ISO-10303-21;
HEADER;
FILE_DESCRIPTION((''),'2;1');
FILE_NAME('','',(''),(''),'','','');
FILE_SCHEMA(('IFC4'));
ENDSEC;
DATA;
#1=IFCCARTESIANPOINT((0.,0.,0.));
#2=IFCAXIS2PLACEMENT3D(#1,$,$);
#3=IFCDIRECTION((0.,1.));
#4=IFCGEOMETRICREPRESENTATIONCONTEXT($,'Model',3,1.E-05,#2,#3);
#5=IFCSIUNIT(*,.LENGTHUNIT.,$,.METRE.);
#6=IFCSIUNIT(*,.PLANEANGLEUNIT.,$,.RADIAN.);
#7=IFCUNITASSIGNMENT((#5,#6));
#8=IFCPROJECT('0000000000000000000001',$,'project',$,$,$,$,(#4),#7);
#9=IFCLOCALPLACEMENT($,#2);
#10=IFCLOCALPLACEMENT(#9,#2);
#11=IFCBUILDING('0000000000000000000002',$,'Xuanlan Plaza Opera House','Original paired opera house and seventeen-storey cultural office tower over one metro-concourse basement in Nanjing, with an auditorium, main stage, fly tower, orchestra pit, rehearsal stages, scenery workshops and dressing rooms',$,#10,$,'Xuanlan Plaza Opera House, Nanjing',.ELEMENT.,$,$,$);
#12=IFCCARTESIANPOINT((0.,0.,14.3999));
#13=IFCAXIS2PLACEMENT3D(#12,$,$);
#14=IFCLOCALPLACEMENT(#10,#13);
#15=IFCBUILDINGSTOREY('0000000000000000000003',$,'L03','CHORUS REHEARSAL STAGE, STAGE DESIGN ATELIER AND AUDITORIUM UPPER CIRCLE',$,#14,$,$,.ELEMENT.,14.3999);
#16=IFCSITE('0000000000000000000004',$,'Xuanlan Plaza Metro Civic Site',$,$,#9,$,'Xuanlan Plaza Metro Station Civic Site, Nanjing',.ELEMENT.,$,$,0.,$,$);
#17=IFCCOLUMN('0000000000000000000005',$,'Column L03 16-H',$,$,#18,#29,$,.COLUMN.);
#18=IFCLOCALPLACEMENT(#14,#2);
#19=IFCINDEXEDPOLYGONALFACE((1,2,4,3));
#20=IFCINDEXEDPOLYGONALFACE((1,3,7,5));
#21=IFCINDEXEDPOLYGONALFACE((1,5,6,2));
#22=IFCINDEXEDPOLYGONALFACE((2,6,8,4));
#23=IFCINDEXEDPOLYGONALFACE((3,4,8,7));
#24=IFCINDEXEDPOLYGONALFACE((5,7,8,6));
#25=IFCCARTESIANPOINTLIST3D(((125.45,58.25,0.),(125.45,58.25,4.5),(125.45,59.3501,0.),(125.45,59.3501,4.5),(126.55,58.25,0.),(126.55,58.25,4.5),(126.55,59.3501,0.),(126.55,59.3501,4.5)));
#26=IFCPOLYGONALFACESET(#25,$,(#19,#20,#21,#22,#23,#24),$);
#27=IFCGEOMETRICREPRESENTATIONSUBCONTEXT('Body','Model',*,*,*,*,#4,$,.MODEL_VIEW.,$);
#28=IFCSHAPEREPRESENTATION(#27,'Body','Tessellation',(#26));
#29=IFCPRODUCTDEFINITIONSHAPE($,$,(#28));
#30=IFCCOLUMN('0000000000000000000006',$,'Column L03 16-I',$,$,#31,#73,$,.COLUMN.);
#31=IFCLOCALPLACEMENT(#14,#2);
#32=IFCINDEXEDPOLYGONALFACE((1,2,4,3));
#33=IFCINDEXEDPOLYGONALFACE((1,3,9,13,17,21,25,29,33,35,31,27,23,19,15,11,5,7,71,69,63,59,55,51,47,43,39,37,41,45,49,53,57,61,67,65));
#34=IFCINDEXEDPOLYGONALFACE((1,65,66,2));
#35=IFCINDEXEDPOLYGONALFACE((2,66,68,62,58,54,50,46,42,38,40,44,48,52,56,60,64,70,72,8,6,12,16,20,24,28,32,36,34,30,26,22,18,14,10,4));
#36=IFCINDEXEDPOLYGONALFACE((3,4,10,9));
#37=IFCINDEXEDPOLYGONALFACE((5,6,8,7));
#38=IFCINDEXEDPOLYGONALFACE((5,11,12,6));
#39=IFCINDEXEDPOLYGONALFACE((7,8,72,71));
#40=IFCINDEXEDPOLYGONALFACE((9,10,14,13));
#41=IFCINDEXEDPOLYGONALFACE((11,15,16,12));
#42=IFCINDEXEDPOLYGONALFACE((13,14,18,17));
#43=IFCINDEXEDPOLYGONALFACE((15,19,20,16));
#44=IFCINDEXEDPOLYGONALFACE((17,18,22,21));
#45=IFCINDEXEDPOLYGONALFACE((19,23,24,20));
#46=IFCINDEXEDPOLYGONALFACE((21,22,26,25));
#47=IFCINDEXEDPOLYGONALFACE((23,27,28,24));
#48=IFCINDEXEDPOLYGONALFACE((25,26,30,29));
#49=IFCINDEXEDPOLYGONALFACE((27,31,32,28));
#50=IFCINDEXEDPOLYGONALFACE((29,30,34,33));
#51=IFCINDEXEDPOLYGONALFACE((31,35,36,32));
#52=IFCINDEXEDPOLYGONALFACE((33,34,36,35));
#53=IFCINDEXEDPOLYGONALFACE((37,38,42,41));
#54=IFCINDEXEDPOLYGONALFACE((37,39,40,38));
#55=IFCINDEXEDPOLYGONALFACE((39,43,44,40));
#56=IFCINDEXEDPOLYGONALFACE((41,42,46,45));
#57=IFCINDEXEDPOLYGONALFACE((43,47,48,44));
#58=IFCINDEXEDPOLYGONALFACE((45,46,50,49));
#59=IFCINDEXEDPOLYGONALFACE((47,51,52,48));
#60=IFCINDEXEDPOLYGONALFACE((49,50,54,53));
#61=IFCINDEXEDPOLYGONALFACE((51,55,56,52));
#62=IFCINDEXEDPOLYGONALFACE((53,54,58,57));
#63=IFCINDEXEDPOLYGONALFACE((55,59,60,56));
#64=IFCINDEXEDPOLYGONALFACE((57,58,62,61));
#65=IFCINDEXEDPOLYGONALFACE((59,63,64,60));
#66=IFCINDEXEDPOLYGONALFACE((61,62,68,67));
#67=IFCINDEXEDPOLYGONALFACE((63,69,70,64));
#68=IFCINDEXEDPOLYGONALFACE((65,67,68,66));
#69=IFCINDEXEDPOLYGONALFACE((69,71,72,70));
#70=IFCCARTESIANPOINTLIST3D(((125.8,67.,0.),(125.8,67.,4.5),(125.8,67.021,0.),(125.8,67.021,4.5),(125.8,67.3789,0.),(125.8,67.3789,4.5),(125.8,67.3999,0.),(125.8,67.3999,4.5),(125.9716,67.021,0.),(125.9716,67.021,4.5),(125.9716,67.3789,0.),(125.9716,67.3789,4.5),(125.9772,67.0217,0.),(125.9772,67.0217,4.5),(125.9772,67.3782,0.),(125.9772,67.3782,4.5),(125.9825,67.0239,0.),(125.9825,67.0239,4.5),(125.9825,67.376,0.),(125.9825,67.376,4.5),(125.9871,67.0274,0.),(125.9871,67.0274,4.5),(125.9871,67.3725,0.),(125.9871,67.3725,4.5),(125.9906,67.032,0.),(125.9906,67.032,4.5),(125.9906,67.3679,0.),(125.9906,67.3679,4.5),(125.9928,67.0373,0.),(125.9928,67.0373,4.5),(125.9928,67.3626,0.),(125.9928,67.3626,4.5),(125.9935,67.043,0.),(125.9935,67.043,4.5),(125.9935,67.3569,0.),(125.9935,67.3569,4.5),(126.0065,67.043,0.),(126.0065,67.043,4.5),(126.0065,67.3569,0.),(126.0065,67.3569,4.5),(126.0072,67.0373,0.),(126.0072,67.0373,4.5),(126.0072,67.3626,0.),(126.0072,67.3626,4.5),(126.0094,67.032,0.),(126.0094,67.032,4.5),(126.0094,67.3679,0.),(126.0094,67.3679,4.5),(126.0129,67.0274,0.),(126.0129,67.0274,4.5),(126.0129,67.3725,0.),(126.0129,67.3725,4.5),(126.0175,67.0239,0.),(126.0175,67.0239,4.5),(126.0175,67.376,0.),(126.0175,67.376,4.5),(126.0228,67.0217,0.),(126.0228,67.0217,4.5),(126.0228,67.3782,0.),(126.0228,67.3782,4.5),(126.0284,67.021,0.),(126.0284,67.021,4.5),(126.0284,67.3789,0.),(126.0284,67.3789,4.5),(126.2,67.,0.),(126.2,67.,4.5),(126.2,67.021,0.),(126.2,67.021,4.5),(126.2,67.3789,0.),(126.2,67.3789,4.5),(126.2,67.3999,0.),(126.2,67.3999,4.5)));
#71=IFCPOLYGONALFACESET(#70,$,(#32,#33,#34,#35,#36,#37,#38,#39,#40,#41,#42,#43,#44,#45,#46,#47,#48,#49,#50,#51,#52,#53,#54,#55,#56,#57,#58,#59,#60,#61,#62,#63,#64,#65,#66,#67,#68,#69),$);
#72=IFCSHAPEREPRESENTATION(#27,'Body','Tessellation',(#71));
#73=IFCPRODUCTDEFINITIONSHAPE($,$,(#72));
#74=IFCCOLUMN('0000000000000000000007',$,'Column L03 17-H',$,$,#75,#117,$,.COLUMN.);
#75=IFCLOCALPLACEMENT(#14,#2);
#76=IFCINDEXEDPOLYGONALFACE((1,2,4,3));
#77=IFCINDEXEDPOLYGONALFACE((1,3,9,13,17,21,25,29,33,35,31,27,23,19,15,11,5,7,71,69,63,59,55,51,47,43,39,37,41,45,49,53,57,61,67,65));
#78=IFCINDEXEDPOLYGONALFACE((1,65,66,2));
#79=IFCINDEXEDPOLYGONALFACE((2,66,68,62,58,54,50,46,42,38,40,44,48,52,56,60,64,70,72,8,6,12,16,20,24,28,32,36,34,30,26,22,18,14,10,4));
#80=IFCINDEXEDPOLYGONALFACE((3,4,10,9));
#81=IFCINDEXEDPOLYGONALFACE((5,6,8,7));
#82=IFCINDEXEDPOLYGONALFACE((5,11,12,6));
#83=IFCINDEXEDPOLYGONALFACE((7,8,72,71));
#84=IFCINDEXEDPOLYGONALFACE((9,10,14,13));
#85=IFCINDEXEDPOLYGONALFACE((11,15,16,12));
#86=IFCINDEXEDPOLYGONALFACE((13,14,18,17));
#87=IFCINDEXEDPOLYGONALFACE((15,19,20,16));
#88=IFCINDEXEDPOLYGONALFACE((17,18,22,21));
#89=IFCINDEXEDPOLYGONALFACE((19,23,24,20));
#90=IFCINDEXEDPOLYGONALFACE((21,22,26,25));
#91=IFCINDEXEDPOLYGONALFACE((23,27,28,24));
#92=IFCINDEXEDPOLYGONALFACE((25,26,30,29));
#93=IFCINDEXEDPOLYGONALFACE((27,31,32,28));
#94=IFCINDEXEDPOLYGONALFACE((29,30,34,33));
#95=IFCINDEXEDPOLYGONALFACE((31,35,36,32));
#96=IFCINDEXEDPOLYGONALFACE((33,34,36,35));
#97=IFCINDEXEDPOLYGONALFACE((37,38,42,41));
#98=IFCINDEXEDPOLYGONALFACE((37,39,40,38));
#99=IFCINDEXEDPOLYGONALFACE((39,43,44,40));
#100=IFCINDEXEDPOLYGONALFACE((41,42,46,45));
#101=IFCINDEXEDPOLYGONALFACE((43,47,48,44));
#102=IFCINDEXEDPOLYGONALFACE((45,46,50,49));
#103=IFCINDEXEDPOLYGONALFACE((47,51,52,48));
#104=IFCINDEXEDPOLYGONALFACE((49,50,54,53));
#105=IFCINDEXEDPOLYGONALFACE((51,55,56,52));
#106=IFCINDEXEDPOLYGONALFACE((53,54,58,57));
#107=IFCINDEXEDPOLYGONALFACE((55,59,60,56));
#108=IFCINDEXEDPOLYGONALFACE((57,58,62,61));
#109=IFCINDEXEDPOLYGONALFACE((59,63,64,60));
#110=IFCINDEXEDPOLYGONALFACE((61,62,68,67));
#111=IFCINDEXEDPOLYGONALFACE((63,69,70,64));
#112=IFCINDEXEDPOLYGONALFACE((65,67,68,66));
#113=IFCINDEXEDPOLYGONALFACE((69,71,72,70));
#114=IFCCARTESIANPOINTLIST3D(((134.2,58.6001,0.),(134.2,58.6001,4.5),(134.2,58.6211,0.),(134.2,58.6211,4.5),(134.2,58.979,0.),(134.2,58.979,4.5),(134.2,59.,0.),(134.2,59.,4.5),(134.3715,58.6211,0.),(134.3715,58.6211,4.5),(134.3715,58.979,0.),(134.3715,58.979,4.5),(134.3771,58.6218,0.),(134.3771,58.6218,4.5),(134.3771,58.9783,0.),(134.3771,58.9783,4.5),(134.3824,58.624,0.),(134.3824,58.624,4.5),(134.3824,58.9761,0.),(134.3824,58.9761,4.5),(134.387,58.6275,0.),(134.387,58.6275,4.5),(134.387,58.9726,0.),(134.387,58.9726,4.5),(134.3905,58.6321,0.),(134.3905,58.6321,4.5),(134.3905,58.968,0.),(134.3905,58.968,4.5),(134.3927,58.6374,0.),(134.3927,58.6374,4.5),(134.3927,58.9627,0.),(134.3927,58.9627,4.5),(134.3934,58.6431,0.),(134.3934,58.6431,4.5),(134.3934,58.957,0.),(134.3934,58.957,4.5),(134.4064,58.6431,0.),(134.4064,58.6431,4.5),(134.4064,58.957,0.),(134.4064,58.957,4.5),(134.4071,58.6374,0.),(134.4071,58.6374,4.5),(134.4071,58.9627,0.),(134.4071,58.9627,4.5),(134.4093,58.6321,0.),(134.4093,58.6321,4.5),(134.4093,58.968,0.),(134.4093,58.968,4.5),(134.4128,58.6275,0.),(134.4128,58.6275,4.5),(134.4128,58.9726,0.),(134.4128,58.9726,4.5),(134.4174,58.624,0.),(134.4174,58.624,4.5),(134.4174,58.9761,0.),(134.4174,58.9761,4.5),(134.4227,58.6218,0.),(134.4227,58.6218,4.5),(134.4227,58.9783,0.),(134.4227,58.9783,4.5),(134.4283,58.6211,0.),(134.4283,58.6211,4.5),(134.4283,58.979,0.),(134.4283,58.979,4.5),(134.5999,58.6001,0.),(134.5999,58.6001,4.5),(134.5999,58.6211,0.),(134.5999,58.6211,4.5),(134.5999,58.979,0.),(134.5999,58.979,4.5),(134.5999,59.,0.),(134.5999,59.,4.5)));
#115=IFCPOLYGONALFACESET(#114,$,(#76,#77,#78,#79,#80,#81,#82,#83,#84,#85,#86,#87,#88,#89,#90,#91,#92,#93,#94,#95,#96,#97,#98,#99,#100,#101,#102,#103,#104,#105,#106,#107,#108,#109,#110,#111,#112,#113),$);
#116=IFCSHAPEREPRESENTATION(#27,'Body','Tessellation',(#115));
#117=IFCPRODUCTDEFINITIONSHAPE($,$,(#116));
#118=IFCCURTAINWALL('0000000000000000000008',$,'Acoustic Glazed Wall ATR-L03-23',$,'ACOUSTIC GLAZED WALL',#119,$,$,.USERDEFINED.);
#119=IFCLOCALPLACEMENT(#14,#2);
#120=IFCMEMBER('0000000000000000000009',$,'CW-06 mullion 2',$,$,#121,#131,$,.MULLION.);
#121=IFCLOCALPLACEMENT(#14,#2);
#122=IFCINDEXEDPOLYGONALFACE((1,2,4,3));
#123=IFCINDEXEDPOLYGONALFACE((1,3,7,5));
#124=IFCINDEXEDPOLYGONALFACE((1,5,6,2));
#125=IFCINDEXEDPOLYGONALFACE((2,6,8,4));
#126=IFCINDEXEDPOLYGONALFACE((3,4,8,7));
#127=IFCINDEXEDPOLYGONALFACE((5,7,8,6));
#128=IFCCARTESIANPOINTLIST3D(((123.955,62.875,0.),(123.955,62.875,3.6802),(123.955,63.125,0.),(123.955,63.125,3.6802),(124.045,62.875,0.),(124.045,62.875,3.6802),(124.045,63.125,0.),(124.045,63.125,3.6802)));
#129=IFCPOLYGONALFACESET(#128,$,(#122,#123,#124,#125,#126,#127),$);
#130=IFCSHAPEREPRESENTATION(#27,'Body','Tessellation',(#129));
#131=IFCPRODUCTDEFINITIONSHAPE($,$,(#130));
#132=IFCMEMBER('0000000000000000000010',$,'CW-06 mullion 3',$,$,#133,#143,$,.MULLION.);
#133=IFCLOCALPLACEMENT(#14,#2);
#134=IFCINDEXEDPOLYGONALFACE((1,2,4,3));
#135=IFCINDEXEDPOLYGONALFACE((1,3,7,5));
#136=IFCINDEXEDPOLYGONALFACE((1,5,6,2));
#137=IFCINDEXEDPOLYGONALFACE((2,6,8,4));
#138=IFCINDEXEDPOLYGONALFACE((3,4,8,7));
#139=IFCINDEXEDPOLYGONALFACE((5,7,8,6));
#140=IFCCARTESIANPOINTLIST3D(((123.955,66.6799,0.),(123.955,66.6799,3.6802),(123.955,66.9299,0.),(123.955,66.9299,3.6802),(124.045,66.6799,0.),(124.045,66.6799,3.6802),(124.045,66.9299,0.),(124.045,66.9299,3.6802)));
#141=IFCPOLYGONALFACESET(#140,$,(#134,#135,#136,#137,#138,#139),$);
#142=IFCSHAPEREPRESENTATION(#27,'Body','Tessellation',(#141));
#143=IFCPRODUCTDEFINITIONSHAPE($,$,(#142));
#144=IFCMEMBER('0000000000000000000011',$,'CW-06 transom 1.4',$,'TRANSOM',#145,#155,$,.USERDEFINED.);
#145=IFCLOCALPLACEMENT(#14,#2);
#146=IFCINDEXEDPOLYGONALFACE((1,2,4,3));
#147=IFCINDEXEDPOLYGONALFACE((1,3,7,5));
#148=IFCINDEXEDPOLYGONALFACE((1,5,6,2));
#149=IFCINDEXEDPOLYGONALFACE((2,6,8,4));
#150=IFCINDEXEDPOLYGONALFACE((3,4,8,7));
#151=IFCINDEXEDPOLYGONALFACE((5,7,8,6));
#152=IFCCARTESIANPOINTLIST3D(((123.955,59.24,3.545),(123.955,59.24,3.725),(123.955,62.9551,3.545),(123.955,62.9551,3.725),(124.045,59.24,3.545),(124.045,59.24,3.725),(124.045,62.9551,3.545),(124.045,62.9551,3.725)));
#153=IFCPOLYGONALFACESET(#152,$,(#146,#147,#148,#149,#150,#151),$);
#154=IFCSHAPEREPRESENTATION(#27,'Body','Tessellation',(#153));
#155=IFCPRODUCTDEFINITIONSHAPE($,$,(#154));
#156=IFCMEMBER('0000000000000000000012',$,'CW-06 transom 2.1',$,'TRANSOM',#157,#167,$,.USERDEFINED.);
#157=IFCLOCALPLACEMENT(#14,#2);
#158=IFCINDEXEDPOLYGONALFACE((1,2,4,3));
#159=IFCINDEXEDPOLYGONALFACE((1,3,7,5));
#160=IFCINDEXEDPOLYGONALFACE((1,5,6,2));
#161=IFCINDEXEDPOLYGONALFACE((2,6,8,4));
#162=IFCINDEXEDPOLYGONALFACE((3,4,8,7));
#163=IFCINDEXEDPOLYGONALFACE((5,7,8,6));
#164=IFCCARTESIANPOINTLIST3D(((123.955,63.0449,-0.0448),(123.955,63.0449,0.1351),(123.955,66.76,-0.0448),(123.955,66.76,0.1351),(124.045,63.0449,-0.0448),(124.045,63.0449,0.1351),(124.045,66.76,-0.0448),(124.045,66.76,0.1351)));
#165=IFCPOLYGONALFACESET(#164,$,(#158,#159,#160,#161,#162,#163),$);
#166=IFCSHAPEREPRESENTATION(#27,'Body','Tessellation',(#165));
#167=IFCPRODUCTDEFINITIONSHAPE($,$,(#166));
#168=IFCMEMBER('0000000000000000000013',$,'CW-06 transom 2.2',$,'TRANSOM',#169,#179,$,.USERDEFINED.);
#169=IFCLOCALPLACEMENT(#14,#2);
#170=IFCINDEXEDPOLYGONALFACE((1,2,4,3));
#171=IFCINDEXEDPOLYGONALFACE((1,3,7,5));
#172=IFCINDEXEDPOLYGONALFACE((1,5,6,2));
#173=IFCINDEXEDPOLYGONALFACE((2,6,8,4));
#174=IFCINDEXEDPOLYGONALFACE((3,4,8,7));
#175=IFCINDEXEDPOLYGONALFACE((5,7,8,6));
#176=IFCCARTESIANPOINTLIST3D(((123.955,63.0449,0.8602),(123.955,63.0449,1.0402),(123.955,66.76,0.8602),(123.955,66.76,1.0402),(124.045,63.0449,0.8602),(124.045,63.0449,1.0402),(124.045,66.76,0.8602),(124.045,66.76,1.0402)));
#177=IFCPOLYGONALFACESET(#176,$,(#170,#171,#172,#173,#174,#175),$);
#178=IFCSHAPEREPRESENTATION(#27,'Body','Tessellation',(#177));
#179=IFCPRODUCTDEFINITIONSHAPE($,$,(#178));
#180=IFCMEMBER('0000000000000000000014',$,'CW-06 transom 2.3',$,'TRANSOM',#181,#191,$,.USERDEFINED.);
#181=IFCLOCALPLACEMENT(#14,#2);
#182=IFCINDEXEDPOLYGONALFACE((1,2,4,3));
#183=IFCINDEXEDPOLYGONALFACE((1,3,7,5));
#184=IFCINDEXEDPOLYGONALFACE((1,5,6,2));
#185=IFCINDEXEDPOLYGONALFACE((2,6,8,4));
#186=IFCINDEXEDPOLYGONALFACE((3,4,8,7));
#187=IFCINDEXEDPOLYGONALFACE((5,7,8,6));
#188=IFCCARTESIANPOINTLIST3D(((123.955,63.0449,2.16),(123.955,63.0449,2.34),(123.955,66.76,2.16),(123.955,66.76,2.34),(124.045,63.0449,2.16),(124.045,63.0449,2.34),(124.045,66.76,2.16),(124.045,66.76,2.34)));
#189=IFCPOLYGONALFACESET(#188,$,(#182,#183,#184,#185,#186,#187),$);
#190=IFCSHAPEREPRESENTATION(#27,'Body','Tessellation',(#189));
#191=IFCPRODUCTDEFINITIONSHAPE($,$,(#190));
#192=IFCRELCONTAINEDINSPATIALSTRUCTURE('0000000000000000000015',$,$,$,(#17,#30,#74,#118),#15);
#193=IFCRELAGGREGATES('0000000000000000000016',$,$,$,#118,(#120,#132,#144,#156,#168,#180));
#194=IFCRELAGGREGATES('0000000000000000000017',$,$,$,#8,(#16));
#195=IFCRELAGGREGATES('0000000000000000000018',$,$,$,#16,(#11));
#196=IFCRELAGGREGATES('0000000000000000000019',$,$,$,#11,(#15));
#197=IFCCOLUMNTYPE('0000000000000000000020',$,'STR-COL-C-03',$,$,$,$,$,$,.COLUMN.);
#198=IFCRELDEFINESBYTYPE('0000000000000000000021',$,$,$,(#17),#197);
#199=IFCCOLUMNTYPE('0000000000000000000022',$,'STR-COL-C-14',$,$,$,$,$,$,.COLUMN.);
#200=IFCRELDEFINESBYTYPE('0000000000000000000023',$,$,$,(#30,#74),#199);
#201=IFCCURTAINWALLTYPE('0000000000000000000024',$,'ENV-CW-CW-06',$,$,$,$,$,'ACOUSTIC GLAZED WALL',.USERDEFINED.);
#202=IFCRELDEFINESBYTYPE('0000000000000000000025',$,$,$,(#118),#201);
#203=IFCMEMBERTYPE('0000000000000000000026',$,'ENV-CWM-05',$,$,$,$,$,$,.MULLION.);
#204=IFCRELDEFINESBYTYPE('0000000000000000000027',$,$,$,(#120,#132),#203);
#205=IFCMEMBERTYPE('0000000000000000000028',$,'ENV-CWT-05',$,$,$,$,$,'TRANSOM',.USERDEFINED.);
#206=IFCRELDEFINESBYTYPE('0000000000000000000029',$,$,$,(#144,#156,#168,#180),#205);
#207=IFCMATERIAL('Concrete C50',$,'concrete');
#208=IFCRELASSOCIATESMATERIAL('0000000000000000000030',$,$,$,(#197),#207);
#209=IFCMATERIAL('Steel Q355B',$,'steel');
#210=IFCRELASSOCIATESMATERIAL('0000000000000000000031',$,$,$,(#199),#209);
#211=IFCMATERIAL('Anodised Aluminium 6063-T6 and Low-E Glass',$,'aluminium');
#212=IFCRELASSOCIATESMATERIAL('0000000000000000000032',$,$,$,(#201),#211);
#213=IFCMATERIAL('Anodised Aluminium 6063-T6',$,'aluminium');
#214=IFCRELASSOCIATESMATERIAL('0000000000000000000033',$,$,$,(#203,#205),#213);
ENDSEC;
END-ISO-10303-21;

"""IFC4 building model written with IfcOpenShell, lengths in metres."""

from ifc_helpers import new_model, si_unit, direction, frame, origin, origin_2d, place, context, subcontext, project, spatial, rectangle, i_section, extrude, material, material_profile, profile_set, type_object, element, aggregate, save


model = new_model("IFC4")

# Units and contexts
model_context = context("Model", 3, precision=1e-05, world=origin(), true_north=direction((0.0, 1.0)))
body_context = subcontext(model_context, "Body", "Model", "MODEL_VIEW")
ifc_project = project(units=[si_unit("LENGTHUNIT", "METRE"), si_unit("PLANEANGLEUNIT", "RADIAN")], contexts=[model_context])

# Site, building, storey
site_placement = place(None, origin())
site = spatial("IfcSite", under=ifc_project, at=site_placement, Name="Xuanlan Plaza Metro Civic Site", LongName="Xuanlan Plaza Metro Station Civic Site, Nanjing", CompositionType="ELEMENT", RefElevation=0.0)
building_placement = place(site_placement, origin())
building = spatial("IfcBuilding", under=site, at=building_placement, Name="Xuanlan Plaza Opera House", Description="Original paired opera house and seventeen-storey cultural office tower over one metro-concourse basement in Nanjing, with an auditorium, main stage, fly tower, orchestra pit, rehearsal stages, scenery workshops and dressing rooms", LongName="Xuanlan Plaza Opera House, Nanjing", CompositionType="ELEMENT")
storey_placement = place(building_placement, frame((0.0, 0.0, 14.3999)))
storey = spatial("IfcBuildingStorey", under=building, at=storey_placement, Name="L03", Description="CHORUS REHEARSAL STAGE, STAGE DESIGN ATELIER AND AUDITORIUM UPPER CIRCLE", CompositionType="ELEMENT", Elevation=14.3999)

# Columns
ifc_material_1 = material(Name="Concrete C50", Category="concrete")
ifc_material_profile_1 = material_profile(ifc_material_1, rectangle(XDim=1.1001, YDim=1.1001, at=origin_2d()), Name="RC-COL 1100x1100")
ifc_profile_set_1 = profile_set([ifc_material_profile_1], Name="Concrete C50")
column_type_1 = type_object("IfcColumnType", Name="STR-COL-C-03", PredefinedType="COLUMN", material=ifc_profile_set_1)
column_placement = place(storey_placement, frame((126.0, 58.8, 0.0), z_axis=(0.0, 0.0, 1.0), x_axis=(1.0, 0.0, 0.0)))
element("IfcColumn", 1, at=column_placement, inside=storey, type_object=column_type_1, Name="Column L03 16-H", PredefinedType="COLUMN", context=body_context, shape_type="SweptSolid", body=[
    extrude(rectangle(XDim=1.1001, YDim=1.1001, at=origin_2d()), origin(), (0.0, 0.0, 1.0), 4.5),
])
ifc_material_2 = material(Name="Steel Q355B", Category="steel")
ifc_material_profile_2 = material_profile(ifc_material_2, i_section(OverallWidth=0.3999, OverallDepth=0.3999, WebThickness=0.0129, FlangeThickness=0.021, FilletRadius=0.022, at=origin_2d()), Name="HW 400x400x13x21")
ifc_profile_set_2 = profile_set([ifc_material_profile_2], Name="Steel Q355B")
column_type_2 = type_object("IfcColumnType", Name="STR-COL-C-14", PredefinedType="COLUMN", material=ifc_profile_set_2)
for number, where, z_axis, x_axis, name in (
    (2, (126.0, 67.2, 0.0), (0.0, 0.0, 1.0), (1.0, 0.0, 0.0), "Column L03 16-I"),
    (3, (134.3999, 58.8, 0.0), (0.0, 0.0, 1.0), (1.0, 0.0, 0.0), "Column L03 17-H"),
):
    element("IfcColumn", number, at=place(storey_placement, frame(where, z_axis=z_axis, x_axis=x_axis)), inside=storey, type_object=column_type_2, Name=name, PredefinedType="COLUMN", context=body_context, shape_type="SweptSolid", body=[
        extrude(i_section(OverallWidth=0.3999, OverallDepth=0.3999, WebThickness=0.0129, FlangeThickness=0.021, FilletRadius=0.022, at=origin_2d()), origin(), (0.0, 0.0, 1.0), 4.5),
    ])

# Curtain wall, members
ifc_material_3 = material(Name="Anodised Aluminium 6063-T6 and Low-E Glass", Category="aluminium")
curtain_wall_type = type_object("IfcCurtainWallType", Name="ENV-CW-CW-06", ElementType="ACOUSTIC GLAZED WALL", PredefinedType="USERDEFINED", material=ifc_material_3)
curtain_wall_placement = place(storey_placement, origin())
curtain_wall = element("IfcCurtainWall", 4, at=curtain_wall_placement, inside=storey, type_object=curtain_wall_type, Name="Acoustic Glazed Wall ATR-L03-23", ObjectType="ACOUSTIC GLAZED WALL", PredefinedType="USERDEFINED")
ifc_material_4 = material(Name="Anodised Aluminium 6063-T6", Category="aluminium")
ifc_material_profile_3 = material_profile(ifc_material_4, rectangle(XDim=0.0901, YDim=0.25, at=origin_2d()), Name="ALU-M 90x250")
ifc_profile_set_3 = profile_set([ifc_material_profile_3], Name="Anodised Aluminium 6063-T6")
member_type_1 = type_object("IfcMemberType", Name="ENV-CWM-05", PredefinedType="MULLION", material=ifc_profile_set_3)
member_1_placement = place(storey_placement, frame((124.0, 63.0, 0.0), z_axis=(0.0, 0.0, 1.0), x_axis=(-1.0, 0.0, 0.0)))
member_1 = element("IfcMember", 5, at=member_1_placement, type_object=member_type_1, Name="CW-06 mullion 2", PredefinedType="MULLION", context=body_context, shape_type="SweptSolid", body=[
    extrude(rectangle(XDim=0.0901, YDim=0.25, at=origin_2d()), origin(), (0.0, 0.0, 1.0), 3.6802),
])
member_2_placement = place(storey_placement, frame((124.0, 66.8049, 0.0), z_axis=(0.0, 0.0, 1.0), x_axis=(-1.0, 0.0, 0.0)))
member_2 = element("IfcMember", 6, at=member_2_placement, type_object=member_type_1, Name="CW-06 mullion 3", PredefinedType="MULLION", context=body_context, shape_type="SweptSolid", body=[
    extrude(rectangle(XDim=0.0901, YDim=0.25, at=origin_2d()), origin(), (0.0, 0.0, 1.0), 3.6802),
])
ifc_material_profile_4 = material_profile(ifc_material_4, rectangle(XDim=0.0901, YDim=0.1799, at=origin_2d()), Name="ALU-T 90x180")
ifc_profile_set_4 = profile_set([ifc_material_profile_4], Name="Anodised Aluminium 6063-T6")
member_type_2 = type_object("IfcMemberType", Name="ENV-CWT-05", ElementType="TRANSOM", PredefinedType="USERDEFINED", material=ifc_profile_set_4)
member_3_placement = place(storey_placement, frame((124.0, 59.24, 3.635), z_axis=(0.0, 1.0, 0.0), x_axis=(-1.0, 0.0, 0.0)))
member_3 = element("IfcMember", 7, at=member_3_placement, type_object=member_type_2, Name="CW-06 transom 1.4", ObjectType="TRANSOM", PredefinedType="USERDEFINED", context=body_context, shape_type="SweptSolid", body=[
    extrude(rectangle(XDim=0.0901, YDim=0.1799, at=origin_2d()), origin(), (0.0, 0.0, 1.0), 3.7151),
])
member_4_placement = place(storey_placement, frame((124.0, 63.0449, 0.0452), z_axis=(0.0, 1.0, 0.0), x_axis=(-1.0, 0.0, 0.0)))
member_4 = element("IfcMember", 8, at=member_4_placement, type_object=member_type_2, Name="CW-06 transom 2.1", ObjectType="TRANSOM", PredefinedType="USERDEFINED", context=body_context, shape_type="SweptSolid", body=[
    extrude(rectangle(XDim=0.0901, YDim=0.1799, at=origin_2d()), origin(), (0.0, 0.0, 1.0), 3.7151),
])
member_5_placement = place(storey_placement, frame((124.0, 63.0449, 0.9502), z_axis=(0.0, 1.0, 0.0), x_axis=(-1.0, 0.0, 0.0)))
member_5 = element("IfcMember", 9, at=member_5_placement, type_object=member_type_2, Name="CW-06 transom 2.2", ObjectType="TRANSOM", PredefinedType="USERDEFINED", context=body_context, shape_type="SweptSolid", body=[
    extrude(rectangle(XDim=0.0901, YDim=0.1799, at=origin_2d()), origin(), (0.0, 0.0, 1.0), 3.7151),
])
member_6_placement = place(storey_placement, frame((124.0, 63.0449, 2.25), z_axis=(0.0, 1.0, 0.0), x_axis=(-1.0, 0.0, 0.0)))
member_6 = element("IfcMember", 10, at=member_6_placement, type_object=member_type_2, Name="CW-06 transom 2.3", ObjectType="TRANSOM", PredefinedType="USERDEFINED", context=body_context, shape_type="SweptSolid", body=[
    extrude(rectangle(XDim=0.0901, YDim=0.1799, at=origin_2d()), origin(), (0.0, 0.0, 1.0), 3.7151),
])

aggregate(curtain_wall, [member_1, member_2, member_3, member_4, member_5, member_6])

save(model, "model.ifc")
